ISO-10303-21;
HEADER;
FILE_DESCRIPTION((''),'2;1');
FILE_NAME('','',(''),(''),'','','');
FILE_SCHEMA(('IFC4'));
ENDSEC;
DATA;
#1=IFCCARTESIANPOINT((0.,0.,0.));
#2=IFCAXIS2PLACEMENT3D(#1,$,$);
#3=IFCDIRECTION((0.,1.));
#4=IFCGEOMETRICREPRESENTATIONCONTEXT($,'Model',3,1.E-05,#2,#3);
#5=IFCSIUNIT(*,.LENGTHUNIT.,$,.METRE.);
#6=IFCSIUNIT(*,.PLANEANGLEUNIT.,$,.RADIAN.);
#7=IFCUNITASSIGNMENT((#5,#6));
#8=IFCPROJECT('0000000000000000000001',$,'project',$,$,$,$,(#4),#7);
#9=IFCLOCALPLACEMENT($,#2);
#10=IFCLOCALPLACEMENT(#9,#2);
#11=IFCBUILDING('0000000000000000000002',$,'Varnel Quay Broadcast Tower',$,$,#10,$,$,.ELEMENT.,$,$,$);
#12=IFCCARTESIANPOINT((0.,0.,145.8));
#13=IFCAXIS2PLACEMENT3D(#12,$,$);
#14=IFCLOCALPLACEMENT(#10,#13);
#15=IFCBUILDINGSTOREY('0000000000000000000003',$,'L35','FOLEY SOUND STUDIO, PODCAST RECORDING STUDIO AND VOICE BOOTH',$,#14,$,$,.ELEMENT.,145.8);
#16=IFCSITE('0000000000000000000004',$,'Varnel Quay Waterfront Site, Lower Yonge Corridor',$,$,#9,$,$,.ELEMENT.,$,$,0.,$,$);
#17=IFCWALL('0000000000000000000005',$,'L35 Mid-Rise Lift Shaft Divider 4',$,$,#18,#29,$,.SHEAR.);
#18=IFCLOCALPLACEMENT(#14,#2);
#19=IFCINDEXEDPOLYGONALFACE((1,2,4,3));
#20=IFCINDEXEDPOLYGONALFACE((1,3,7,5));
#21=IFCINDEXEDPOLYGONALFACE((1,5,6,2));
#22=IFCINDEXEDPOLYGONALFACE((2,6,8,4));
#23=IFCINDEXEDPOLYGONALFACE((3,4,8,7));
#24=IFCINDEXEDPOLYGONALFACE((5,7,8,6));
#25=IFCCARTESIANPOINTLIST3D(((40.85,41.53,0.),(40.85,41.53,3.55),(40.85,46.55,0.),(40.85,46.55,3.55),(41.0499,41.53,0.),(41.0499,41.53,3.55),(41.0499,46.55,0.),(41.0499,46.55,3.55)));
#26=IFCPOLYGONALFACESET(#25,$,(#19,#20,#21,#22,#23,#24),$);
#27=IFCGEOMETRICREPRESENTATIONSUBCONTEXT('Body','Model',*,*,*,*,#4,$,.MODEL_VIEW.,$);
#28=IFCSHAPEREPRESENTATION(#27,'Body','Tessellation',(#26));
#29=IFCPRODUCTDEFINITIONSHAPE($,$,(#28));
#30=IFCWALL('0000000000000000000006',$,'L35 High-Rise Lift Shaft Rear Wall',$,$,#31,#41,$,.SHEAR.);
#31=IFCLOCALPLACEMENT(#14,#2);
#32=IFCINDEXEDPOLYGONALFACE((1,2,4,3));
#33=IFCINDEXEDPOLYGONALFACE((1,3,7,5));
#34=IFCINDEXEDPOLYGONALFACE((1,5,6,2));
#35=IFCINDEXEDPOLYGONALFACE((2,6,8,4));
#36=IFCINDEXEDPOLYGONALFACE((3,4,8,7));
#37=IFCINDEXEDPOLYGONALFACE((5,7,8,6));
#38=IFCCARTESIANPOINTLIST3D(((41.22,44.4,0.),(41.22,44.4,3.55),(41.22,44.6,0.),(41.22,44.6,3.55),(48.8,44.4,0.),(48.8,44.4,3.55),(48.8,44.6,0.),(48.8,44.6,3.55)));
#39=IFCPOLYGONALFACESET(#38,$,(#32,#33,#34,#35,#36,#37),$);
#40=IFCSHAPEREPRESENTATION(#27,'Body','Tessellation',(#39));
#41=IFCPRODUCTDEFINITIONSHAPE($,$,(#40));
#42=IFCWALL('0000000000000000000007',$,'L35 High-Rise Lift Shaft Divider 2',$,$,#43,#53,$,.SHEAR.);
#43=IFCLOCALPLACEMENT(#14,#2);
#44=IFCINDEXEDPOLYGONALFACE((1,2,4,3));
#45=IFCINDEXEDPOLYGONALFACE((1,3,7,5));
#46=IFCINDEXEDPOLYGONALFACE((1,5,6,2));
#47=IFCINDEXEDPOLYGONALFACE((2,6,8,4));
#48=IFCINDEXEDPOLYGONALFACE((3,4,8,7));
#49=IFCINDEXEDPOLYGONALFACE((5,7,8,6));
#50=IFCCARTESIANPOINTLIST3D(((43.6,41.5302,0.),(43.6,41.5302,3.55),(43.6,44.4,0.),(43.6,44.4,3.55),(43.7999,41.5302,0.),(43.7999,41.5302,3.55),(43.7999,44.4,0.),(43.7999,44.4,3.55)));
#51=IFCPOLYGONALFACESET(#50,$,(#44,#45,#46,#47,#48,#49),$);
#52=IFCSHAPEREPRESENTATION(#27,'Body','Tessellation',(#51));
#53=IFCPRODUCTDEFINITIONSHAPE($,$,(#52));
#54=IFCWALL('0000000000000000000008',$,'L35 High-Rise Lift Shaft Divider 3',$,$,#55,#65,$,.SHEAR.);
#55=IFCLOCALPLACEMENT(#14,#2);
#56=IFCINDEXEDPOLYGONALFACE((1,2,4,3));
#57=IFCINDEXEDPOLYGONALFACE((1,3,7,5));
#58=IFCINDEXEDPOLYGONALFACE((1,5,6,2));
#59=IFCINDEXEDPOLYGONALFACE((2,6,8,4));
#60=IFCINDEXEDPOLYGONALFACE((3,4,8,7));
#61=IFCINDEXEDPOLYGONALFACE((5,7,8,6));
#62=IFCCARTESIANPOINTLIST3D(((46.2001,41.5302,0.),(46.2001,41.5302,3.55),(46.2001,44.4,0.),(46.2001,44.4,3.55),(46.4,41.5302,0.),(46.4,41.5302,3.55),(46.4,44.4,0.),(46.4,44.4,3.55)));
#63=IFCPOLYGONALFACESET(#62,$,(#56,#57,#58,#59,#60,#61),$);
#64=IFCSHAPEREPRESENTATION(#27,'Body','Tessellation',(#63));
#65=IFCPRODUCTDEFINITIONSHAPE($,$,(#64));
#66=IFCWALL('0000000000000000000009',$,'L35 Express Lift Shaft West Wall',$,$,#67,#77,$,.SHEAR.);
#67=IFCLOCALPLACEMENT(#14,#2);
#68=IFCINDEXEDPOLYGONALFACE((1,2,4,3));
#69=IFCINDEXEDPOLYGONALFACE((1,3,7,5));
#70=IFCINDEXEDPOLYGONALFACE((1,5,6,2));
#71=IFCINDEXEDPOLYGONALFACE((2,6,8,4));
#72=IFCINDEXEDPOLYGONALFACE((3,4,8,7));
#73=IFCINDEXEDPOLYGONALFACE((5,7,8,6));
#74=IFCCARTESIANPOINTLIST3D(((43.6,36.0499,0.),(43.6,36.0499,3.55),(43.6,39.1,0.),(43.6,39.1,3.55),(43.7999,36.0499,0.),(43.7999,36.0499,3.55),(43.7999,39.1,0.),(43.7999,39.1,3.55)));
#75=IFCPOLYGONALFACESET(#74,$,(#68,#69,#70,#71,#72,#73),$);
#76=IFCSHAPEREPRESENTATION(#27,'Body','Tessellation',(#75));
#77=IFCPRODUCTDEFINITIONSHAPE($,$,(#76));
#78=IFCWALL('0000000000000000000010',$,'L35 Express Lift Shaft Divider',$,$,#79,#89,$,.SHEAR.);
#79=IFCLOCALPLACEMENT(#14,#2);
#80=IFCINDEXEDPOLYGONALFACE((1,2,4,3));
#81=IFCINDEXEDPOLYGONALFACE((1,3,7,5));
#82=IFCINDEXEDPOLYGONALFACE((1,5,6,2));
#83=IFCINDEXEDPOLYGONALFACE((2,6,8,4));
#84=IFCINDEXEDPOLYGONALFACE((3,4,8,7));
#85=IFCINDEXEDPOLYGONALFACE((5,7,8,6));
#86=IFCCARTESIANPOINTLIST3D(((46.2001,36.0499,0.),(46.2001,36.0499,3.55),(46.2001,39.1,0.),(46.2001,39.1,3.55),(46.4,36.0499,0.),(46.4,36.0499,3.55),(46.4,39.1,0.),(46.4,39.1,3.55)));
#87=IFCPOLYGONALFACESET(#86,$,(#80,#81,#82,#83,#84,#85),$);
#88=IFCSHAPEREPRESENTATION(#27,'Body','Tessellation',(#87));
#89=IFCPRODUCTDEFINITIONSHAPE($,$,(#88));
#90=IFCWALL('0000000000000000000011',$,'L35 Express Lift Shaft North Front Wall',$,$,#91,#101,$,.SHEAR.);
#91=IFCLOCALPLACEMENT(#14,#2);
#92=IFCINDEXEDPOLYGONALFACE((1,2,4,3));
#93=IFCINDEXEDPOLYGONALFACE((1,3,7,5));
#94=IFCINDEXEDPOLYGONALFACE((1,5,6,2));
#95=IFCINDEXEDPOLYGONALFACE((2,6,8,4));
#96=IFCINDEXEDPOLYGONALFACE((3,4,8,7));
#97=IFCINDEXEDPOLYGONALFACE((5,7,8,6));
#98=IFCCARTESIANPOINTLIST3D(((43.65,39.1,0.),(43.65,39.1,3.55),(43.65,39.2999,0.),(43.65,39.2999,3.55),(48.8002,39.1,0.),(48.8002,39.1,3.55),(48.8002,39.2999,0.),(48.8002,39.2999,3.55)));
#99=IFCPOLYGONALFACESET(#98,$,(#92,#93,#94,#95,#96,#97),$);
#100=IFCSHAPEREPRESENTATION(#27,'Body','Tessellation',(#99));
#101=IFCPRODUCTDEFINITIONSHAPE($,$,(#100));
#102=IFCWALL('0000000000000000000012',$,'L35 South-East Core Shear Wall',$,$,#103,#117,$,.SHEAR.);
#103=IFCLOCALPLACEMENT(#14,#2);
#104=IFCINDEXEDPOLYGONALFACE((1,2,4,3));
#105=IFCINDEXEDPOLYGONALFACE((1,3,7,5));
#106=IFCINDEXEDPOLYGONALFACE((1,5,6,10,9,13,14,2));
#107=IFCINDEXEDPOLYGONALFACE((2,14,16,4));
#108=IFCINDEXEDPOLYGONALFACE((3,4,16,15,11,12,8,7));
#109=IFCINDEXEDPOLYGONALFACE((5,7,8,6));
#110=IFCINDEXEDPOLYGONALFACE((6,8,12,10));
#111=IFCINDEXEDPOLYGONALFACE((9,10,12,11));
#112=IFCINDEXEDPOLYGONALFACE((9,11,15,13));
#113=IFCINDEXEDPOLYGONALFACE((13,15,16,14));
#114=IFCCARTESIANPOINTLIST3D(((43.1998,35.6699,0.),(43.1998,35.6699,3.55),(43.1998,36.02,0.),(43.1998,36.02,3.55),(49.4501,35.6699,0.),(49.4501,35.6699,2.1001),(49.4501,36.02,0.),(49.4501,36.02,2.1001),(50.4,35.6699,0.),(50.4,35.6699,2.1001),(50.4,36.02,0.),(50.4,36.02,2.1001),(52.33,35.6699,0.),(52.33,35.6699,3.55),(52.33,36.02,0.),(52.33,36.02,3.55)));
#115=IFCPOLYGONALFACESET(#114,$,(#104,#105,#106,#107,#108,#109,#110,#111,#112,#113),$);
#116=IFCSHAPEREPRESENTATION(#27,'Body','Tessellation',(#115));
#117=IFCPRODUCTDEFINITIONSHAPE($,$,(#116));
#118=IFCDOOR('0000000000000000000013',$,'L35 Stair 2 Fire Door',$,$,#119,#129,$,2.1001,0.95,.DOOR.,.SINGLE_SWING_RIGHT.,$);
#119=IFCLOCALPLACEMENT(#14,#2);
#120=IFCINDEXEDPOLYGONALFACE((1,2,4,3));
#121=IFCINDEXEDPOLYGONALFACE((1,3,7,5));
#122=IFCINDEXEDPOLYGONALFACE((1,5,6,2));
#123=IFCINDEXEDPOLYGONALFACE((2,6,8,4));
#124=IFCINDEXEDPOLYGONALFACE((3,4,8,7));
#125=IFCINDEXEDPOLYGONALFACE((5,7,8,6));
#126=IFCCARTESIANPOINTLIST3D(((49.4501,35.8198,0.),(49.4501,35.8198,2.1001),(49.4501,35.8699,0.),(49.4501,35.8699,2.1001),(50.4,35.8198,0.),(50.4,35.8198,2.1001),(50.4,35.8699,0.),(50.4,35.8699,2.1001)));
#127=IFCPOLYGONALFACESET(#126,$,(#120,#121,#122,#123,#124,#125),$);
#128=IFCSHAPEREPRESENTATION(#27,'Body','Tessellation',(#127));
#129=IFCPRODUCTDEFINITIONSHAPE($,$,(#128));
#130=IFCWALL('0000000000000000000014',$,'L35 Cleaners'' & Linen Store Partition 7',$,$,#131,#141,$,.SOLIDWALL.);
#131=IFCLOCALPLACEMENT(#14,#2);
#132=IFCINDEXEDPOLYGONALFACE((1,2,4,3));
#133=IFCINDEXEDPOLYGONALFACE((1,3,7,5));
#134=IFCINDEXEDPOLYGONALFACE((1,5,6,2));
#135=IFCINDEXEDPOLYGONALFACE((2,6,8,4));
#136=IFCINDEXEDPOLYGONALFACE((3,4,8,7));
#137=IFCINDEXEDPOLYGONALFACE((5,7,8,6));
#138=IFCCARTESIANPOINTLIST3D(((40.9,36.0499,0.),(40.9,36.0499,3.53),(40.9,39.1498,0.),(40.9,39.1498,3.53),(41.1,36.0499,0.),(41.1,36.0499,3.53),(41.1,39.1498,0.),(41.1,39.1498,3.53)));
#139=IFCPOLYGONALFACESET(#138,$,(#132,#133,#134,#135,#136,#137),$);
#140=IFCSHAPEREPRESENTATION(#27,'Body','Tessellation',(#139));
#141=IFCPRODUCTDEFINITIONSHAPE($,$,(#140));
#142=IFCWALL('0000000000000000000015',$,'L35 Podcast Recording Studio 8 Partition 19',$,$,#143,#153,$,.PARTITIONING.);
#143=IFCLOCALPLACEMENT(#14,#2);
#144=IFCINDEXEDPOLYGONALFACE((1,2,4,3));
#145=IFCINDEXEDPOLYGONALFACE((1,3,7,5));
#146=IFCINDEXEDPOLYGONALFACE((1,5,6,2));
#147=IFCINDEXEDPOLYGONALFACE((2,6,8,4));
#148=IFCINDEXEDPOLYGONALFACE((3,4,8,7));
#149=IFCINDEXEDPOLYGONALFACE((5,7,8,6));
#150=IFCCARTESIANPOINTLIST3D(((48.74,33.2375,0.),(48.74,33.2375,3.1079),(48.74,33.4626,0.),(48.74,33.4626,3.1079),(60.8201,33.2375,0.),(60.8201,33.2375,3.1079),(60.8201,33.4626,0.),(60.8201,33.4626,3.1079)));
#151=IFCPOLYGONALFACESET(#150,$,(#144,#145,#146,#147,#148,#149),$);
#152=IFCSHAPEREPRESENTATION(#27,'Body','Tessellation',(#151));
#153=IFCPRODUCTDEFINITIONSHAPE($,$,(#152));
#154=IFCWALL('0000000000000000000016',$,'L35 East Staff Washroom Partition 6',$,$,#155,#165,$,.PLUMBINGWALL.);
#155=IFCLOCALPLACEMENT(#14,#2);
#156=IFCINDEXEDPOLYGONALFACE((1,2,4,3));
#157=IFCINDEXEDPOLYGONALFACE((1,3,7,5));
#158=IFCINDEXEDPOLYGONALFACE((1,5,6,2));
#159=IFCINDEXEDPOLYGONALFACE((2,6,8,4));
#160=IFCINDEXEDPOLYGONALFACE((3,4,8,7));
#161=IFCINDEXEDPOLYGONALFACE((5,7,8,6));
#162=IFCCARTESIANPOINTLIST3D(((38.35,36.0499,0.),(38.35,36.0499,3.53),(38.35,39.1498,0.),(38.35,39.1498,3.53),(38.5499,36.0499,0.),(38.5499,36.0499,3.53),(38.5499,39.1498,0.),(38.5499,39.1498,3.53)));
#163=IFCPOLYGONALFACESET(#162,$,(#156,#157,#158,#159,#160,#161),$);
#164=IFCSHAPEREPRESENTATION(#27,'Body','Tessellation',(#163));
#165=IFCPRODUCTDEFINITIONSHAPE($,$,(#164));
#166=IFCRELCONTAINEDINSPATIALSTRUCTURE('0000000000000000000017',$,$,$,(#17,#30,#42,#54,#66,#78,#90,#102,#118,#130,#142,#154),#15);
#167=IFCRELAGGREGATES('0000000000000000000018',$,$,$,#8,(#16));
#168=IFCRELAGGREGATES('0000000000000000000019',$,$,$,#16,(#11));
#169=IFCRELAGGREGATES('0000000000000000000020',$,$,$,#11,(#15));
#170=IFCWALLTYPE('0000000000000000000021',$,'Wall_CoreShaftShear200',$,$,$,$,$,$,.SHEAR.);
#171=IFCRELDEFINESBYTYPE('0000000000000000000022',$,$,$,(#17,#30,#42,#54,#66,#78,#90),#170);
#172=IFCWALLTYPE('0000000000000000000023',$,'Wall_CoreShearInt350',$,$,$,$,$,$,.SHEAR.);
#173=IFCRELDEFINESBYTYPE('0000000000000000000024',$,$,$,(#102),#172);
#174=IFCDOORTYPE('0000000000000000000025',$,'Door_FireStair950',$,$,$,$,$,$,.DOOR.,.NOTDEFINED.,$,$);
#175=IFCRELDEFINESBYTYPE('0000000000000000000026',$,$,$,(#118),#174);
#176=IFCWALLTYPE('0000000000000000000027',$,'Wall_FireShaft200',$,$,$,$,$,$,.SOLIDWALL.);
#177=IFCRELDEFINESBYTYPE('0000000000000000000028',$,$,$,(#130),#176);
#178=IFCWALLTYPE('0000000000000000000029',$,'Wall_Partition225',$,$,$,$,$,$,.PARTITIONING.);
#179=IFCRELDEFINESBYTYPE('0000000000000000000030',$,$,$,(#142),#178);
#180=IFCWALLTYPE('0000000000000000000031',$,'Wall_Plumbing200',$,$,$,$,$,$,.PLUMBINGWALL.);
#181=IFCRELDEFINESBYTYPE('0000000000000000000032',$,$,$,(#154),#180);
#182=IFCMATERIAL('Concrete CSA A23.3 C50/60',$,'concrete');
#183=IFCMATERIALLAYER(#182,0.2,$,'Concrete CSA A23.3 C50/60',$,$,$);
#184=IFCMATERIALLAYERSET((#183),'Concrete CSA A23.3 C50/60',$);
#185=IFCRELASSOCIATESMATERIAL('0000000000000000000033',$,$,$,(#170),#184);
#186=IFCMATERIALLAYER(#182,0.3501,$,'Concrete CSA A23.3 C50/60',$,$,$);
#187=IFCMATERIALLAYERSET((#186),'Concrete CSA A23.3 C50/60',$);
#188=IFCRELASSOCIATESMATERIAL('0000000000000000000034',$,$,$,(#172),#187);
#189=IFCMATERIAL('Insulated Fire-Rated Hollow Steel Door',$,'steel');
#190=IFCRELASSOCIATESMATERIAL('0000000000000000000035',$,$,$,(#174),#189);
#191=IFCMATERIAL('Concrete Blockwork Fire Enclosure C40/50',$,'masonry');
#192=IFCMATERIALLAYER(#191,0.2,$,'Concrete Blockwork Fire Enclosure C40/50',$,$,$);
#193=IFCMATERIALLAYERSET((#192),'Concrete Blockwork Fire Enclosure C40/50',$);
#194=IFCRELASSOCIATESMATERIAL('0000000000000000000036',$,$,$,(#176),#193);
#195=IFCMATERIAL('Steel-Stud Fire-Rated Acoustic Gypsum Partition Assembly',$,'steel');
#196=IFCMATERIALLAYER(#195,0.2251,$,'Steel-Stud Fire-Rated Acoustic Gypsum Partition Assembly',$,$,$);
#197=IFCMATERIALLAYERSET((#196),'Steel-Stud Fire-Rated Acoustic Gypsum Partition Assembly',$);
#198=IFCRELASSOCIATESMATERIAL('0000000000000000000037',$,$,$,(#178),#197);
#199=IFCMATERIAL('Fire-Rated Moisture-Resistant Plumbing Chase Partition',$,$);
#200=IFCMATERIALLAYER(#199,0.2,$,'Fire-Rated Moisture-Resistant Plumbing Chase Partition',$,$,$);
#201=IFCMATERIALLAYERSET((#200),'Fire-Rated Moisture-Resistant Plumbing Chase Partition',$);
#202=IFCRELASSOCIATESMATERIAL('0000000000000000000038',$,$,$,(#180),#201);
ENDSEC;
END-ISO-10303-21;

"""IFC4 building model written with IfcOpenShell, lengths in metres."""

from ifc_helpers import new_model, si_unit, direction, frame, frame_2d, origin, place, context, subcontext, project, spatial, rectangle, extrude, source, transform, mapped, material, layer, layer_set, type_object, type_shapes, element, fill, save


model = new_model("IFC4")

# Units and contexts
model_context = context("Model", 3, precision=1e-05, world=origin(), true_north=direction((0.0, 1.0)))
body_context = subcontext(model_context, "Body", "Model", "MODEL_VIEW")
ifc_project = project(units=[si_unit("LENGTHUNIT", "METRE"), si_unit("PLANEANGLEUNIT", "RADIAN")], contexts=[model_context])

# Site, building, storey
site_placement = place(None, origin())
site = spatial("IfcSite", under=ifc_project, at=site_placement, Name="Varnel Quay Waterfront Site, Lower Yonge Corridor", CompositionType="ELEMENT", RefElevation=0.0)
building_placement = place(site_placement, origin())
building = spatial("IfcBuilding", under=site, at=building_placement, Name="Varnel Quay Broadcast Tower", CompositionType="ELEMENT")
storey_placement = place(building_placement, frame((0.0, 0.0, 145.8)))
storey = spatial("IfcBuildingStorey", under=building, at=storey_placement, Name="L35", Description="FOLEY SOUND STUDIO, PODCAST RECORDING STUDIO AND VOICE BOOTH", CompositionType="ELEMENT", Elevation=145.8)

# Walls
ifc_material_1 = material(Name="Concrete CSA A23.3 C50/60", Category="concrete")
ifc_layer_1 = layer(ifc_material_1, 0.2, Name="Concrete CSA A23.3 C50/60")
ifc_layer_set_1 = layer_set([ifc_layer_1], Name="Concrete CSA A23.3 C50/60")
wall_type_1 = type_object("IfcWallType", Name="Wall_CoreShaftShear200", PredefinedType="SHEAR", material=ifc_layer_set_1)
wall_1_placement = place(storey_placement, frame((40.95, 41.53, 0.0), z_axis=(0.0, 0.0, 1.0), x_axis=(0.0, 1.0, 0.0)))
element("IfcWall", 1, at=wall_1_placement, inside=storey, type_object=wall_type_1, Name="L35 Mid-Rise Lift Shaft Divider 4", PredefinedType="SHEAR", context=body_context, shape_type="SweptSolid", body=[
    extrude(rectangle(XDim=5.02, YDim=0.2, at=frame_2d((2.51, 0.0))), origin(), (0.0, 0.0, 1.0), 3.55),
])
wall_2_placement = place(storey_placement, frame((41.22, 44.5, 0.0), z_axis=(0.0, 0.0, 1.0), x_axis=(1.0, 0.0, 0.0)))
element("IfcWall", 2, at=wall_2_placement, inside=storey, type_object=wall_type_1, Name="L35 High-Rise Lift Shaft Rear Wall", PredefinedType="SHEAR", context=body_context, shape_type="SweptSolid", body=[
    extrude(rectangle(XDim=7.5801, YDim=0.2, at=frame_2d((3.79, 0.0))), origin(), (0.0, 0.0, 1.0), 3.55),
])
for number, where, z_axis, x_axis, name in (
    (3, (43.7, 41.53, 0.0), (0.0, 0.0, 1.0), (0.0, 1.0, 0.0), "L35 High-Rise Lift Shaft Divider 2"),
    (4, (46.3, 41.53, 0.0), (0.0, 0.0, 1.0), (0.0, 1.0, 0.0), "L35 High-Rise Lift Shaft Divider 3"),
):
    element("IfcWall", number, at=place(storey_placement, frame(where, z_axis=z_axis, x_axis=x_axis)), inside=storey, type_object=wall_type_1, Name=name, PredefinedType="SHEAR", context=body_context, shape_type="SweptSolid", body=[
        extrude(rectangle(XDim=2.8699, YDim=0.2, at=frame_2d((1.4351, 0.0))), origin(), (0.0, 0.0, 1.0), 3.55),
    ])
for number, where, z_axis, x_axis, name in (
    (5, (43.7, 36.05, 0.0), (0.0, 0.0, 1.0), (0.0, 1.0, 0.0), "L35 Express Lift Shaft West Wall"),
    (6, (46.3, 36.05, 0.0), (0.0, 0.0, 1.0), (0.0, 1.0, 0.0), "L35 Express Lift Shaft Divider"),
):
    element("IfcWall", number, at=place(storey_placement, frame(where, z_axis=z_axis, x_axis=x_axis)), inside=storey, type_object=wall_type_1, Name=name, PredefinedType="SHEAR", context=body_context, shape_type="SweptSolid", body=[
        extrude(rectangle(XDim=3.05, YDim=0.2, at=frame_2d((1.5249, 0.0))), origin(), (0.0, 0.0, 1.0), 3.55),
    ])
wall_3_placement = place(storey_placement, frame((43.6499, 39.2, 0.0), z_axis=(0.0, 0.0, 1.0), x_axis=(1.0, 0.0, 0.0)))
element("IfcWall", 7, at=wall_3_placement, inside=storey, type_object=wall_type_1, Name="L35 Express Lift Shaft North Front Wall", PredefinedType="SHEAR", context=body_context, shape_type="SweptSolid", body=[
    extrude(rectangle(XDim=5.1501, YDim=0.2, at=frame_2d((2.5752, 0.0))), origin(), (0.0, 0.0, 1.0), 3.55),
])

# Wall, opening, door
ifc_layer_2 = layer(ifc_material_1, 0.3501, Name="Concrete CSA A23.3 C50/60")
ifc_layer_set_2 = layer_set([ifc_layer_2], Name="Concrete CSA A23.3 C50/60")
wall_type_2 = type_object("IfcWallType", Name="Wall_CoreShearInt350", PredefinedType="SHEAR", material=ifc_layer_set_2)
wall_4_placement = place(storey_placement, frame((43.2, 35.845, 0.0), z_axis=(0.0, 0.0, 1.0), x_axis=(1.0, 0.0, 0.0)))
wall_4 = element("IfcWall", 8, at=wall_4_placement, inside=storey, type_object=wall_type_2, Name="L35 South-East Core Shear Wall", PredefinedType="SHEAR", context=body_context, shape_type="SweptSolid", body=[
    extrude(rectangle(XDim=9.1301, YDim=0.3501, at=frame_2d((4.5649, 0.0))), origin(), (0.0, 0.0, 1.0), 3.55),
])
opening_placement = place(wall_4_placement, frame((6.25, 0.0, 0.0)))
opening = element("IfcOpeningElement", 9, at=opening_placement, cuts=wall_4, PredefinedType="OPENING", context=body_context, shape_type="SweptSolid", body=[
    extrude(rectangle(XDim=0.95, YDim=2.1001, at=frame_2d((0.4751, 1.05))), frame((0.0, 0.1851, 0.0), z_axis=(0.0, -1.0, 0.0), x_axis=(1.0, 0.0, 0.0)), (0.0, 0.0, 1.0), 0.3701),
])
ifc_material_2 = material(Name="Insulated Fire-Rated Hollow Steel Door", Category="steel")
door_type = type_object("IfcDoorType", Name="Door_FireStair950", OperationType="NOTDEFINED", PredefinedType="DOOR", material=ifc_material_2)
shared_shape_1 = source(origin(), body_context, "Body", "SweptSolid", [
    extrude(rectangle(XDim=0.95, YDim=2.1001, at=frame_2d((0.4751, 1.05))), frame((0.0, 0.0249, 0.0), z_axis=(0.0, -1.0, 0.0), x_axis=(1.0, 0.0, 0.0)), (0.0, 0.0, 1.0), 0.05),
])
type_shapes(door_type, [shared_shape_1])
door_placement = place(opening_placement, origin())
door = element("IfcDoor", 10, at=door_placement, inside=storey, type_object=door_type, Name="L35 Stair 2 Fire Door", OperationType="SINGLE_SWING_RIGHT", OverallHeight=2.1001, OverallWidth=0.95, PredefinedType="DOOR", context=body_context, shape_type="MappedRepresentation", body=[
    mapped(shared_shape_1, transform((0.0, 0.0, 0.0), x_axis=(1.0, 0.0, 0.0), y_axis=(0.0, 1.0, 0.0), z_axis=(0.0, 0.0, 1.0), scale=1.0)),
])
fill(opening, door)

# Walls
ifc_material_3 = material(Name="Concrete Blockwork Fire Enclosure C40/50", Category="masonry")
ifc_layer_3 = layer(ifc_material_3, 0.2, Name="Concrete Blockwork Fire Enclosure C40/50")
ifc_layer_set_3 = layer_set([ifc_layer_3], Name="Concrete Blockwork Fire Enclosure C40/50")
wall_type_3 = type_object("IfcWallType", Name="Wall_FireShaft200", PredefinedType="SOLIDWALL", material=ifc_layer_set_3)
wall_5_placement = place(storey_placement, frame((41.0, 36.05, 0.0), z_axis=(0.0, 0.0, 1.0), x_axis=(0.0, 1.0, 0.0)))
element("IfcWall", 11, at=wall_5_placement, inside=storey, type_object=wall_type_3, Name="L35 Cleaners' & Linen Store Partition 7", PredefinedType="SOLIDWALL", context=body_context, shape_type="SweptSolid", body=[
    extrude(rectangle(XDim=3.0999, YDim=0.2, at=frame_2d((1.5498, 0.0))), origin(), (0.0, 0.0, 1.0), 3.53),
])
ifc_material_4 = material(Name="Steel-Stud Fire-Rated Acoustic Gypsum Partition Assembly", Category="steel")
ifc_layer_4 = layer(ifc_material_4, 0.2251, Name="Steel-Stud Fire-Rated Acoustic Gypsum Partition Assembly")
ifc_layer_set_4 = layer_set([ifc_layer_4], Name="Steel-Stud Fire-Rated Acoustic Gypsum Partition Assembly")
wall_type_4 = type_object("IfcWallType", Name="Wall_Partition225", PredefinedType="PARTITIONING", material=ifc_layer_set_4)
wall_6_placement = place(storey_placement, frame((48.74, 33.3501, 0.0), z_axis=(0.0, 0.0, 1.0), x_axis=(1.0, 0.0, 0.0)))
element("IfcWall", 12, at=wall_6_placement, inside=storey, type_object=wall_type_4, Name="L35 Podcast Recording Studio 8 Partition 19", PredefinedType="PARTITIONING", context=body_context, shape_type="SweptSolid", body=[
    extrude(rectangle(XDim=12.0801, YDim=0.2251, at=frame_2d((6.04, 0.0))), origin(), (0.0, 0.0, 1.0), 3.1079),
])
ifc_material_5 = material(Name="Fire-Rated Moisture-Resistant Plumbing Chase Partition")
ifc_layer_5 = layer(ifc_material_5, 0.2, Name="Fire-Rated Moisture-Resistant Plumbing Chase Partition")
ifc_layer_set_5 = layer_set([ifc_layer_5], Name="Fire-Rated Moisture-Resistant Plumbing Chase Partition")
wall_type_5 = type_object("IfcWallType", Name="Wall_Plumbing200", PredefinedType="PLUMBINGWALL", material=ifc_layer_set_5)
wall_7_placement = place(storey_placement, frame((38.45, 36.05, 0.0), z_axis=(0.0, 0.0, 1.0), x_axis=(0.0, 1.0, 0.0)))
element("IfcWall", 13, at=wall_7_placement, inside=storey, type_object=wall_type_5, Name="L35 East Staff Washroom Partition 6", PredefinedType="PLUMBINGWALL", context=body_context, shape_type="SweptSolid", body=[
    extrude(rectangle(XDim=3.0999, YDim=0.2, at=frame_2d((1.5498, 0.0))), origin(), (0.0, 0.0, 1.0), 3.53),
])

save(model, "model.ifc")
